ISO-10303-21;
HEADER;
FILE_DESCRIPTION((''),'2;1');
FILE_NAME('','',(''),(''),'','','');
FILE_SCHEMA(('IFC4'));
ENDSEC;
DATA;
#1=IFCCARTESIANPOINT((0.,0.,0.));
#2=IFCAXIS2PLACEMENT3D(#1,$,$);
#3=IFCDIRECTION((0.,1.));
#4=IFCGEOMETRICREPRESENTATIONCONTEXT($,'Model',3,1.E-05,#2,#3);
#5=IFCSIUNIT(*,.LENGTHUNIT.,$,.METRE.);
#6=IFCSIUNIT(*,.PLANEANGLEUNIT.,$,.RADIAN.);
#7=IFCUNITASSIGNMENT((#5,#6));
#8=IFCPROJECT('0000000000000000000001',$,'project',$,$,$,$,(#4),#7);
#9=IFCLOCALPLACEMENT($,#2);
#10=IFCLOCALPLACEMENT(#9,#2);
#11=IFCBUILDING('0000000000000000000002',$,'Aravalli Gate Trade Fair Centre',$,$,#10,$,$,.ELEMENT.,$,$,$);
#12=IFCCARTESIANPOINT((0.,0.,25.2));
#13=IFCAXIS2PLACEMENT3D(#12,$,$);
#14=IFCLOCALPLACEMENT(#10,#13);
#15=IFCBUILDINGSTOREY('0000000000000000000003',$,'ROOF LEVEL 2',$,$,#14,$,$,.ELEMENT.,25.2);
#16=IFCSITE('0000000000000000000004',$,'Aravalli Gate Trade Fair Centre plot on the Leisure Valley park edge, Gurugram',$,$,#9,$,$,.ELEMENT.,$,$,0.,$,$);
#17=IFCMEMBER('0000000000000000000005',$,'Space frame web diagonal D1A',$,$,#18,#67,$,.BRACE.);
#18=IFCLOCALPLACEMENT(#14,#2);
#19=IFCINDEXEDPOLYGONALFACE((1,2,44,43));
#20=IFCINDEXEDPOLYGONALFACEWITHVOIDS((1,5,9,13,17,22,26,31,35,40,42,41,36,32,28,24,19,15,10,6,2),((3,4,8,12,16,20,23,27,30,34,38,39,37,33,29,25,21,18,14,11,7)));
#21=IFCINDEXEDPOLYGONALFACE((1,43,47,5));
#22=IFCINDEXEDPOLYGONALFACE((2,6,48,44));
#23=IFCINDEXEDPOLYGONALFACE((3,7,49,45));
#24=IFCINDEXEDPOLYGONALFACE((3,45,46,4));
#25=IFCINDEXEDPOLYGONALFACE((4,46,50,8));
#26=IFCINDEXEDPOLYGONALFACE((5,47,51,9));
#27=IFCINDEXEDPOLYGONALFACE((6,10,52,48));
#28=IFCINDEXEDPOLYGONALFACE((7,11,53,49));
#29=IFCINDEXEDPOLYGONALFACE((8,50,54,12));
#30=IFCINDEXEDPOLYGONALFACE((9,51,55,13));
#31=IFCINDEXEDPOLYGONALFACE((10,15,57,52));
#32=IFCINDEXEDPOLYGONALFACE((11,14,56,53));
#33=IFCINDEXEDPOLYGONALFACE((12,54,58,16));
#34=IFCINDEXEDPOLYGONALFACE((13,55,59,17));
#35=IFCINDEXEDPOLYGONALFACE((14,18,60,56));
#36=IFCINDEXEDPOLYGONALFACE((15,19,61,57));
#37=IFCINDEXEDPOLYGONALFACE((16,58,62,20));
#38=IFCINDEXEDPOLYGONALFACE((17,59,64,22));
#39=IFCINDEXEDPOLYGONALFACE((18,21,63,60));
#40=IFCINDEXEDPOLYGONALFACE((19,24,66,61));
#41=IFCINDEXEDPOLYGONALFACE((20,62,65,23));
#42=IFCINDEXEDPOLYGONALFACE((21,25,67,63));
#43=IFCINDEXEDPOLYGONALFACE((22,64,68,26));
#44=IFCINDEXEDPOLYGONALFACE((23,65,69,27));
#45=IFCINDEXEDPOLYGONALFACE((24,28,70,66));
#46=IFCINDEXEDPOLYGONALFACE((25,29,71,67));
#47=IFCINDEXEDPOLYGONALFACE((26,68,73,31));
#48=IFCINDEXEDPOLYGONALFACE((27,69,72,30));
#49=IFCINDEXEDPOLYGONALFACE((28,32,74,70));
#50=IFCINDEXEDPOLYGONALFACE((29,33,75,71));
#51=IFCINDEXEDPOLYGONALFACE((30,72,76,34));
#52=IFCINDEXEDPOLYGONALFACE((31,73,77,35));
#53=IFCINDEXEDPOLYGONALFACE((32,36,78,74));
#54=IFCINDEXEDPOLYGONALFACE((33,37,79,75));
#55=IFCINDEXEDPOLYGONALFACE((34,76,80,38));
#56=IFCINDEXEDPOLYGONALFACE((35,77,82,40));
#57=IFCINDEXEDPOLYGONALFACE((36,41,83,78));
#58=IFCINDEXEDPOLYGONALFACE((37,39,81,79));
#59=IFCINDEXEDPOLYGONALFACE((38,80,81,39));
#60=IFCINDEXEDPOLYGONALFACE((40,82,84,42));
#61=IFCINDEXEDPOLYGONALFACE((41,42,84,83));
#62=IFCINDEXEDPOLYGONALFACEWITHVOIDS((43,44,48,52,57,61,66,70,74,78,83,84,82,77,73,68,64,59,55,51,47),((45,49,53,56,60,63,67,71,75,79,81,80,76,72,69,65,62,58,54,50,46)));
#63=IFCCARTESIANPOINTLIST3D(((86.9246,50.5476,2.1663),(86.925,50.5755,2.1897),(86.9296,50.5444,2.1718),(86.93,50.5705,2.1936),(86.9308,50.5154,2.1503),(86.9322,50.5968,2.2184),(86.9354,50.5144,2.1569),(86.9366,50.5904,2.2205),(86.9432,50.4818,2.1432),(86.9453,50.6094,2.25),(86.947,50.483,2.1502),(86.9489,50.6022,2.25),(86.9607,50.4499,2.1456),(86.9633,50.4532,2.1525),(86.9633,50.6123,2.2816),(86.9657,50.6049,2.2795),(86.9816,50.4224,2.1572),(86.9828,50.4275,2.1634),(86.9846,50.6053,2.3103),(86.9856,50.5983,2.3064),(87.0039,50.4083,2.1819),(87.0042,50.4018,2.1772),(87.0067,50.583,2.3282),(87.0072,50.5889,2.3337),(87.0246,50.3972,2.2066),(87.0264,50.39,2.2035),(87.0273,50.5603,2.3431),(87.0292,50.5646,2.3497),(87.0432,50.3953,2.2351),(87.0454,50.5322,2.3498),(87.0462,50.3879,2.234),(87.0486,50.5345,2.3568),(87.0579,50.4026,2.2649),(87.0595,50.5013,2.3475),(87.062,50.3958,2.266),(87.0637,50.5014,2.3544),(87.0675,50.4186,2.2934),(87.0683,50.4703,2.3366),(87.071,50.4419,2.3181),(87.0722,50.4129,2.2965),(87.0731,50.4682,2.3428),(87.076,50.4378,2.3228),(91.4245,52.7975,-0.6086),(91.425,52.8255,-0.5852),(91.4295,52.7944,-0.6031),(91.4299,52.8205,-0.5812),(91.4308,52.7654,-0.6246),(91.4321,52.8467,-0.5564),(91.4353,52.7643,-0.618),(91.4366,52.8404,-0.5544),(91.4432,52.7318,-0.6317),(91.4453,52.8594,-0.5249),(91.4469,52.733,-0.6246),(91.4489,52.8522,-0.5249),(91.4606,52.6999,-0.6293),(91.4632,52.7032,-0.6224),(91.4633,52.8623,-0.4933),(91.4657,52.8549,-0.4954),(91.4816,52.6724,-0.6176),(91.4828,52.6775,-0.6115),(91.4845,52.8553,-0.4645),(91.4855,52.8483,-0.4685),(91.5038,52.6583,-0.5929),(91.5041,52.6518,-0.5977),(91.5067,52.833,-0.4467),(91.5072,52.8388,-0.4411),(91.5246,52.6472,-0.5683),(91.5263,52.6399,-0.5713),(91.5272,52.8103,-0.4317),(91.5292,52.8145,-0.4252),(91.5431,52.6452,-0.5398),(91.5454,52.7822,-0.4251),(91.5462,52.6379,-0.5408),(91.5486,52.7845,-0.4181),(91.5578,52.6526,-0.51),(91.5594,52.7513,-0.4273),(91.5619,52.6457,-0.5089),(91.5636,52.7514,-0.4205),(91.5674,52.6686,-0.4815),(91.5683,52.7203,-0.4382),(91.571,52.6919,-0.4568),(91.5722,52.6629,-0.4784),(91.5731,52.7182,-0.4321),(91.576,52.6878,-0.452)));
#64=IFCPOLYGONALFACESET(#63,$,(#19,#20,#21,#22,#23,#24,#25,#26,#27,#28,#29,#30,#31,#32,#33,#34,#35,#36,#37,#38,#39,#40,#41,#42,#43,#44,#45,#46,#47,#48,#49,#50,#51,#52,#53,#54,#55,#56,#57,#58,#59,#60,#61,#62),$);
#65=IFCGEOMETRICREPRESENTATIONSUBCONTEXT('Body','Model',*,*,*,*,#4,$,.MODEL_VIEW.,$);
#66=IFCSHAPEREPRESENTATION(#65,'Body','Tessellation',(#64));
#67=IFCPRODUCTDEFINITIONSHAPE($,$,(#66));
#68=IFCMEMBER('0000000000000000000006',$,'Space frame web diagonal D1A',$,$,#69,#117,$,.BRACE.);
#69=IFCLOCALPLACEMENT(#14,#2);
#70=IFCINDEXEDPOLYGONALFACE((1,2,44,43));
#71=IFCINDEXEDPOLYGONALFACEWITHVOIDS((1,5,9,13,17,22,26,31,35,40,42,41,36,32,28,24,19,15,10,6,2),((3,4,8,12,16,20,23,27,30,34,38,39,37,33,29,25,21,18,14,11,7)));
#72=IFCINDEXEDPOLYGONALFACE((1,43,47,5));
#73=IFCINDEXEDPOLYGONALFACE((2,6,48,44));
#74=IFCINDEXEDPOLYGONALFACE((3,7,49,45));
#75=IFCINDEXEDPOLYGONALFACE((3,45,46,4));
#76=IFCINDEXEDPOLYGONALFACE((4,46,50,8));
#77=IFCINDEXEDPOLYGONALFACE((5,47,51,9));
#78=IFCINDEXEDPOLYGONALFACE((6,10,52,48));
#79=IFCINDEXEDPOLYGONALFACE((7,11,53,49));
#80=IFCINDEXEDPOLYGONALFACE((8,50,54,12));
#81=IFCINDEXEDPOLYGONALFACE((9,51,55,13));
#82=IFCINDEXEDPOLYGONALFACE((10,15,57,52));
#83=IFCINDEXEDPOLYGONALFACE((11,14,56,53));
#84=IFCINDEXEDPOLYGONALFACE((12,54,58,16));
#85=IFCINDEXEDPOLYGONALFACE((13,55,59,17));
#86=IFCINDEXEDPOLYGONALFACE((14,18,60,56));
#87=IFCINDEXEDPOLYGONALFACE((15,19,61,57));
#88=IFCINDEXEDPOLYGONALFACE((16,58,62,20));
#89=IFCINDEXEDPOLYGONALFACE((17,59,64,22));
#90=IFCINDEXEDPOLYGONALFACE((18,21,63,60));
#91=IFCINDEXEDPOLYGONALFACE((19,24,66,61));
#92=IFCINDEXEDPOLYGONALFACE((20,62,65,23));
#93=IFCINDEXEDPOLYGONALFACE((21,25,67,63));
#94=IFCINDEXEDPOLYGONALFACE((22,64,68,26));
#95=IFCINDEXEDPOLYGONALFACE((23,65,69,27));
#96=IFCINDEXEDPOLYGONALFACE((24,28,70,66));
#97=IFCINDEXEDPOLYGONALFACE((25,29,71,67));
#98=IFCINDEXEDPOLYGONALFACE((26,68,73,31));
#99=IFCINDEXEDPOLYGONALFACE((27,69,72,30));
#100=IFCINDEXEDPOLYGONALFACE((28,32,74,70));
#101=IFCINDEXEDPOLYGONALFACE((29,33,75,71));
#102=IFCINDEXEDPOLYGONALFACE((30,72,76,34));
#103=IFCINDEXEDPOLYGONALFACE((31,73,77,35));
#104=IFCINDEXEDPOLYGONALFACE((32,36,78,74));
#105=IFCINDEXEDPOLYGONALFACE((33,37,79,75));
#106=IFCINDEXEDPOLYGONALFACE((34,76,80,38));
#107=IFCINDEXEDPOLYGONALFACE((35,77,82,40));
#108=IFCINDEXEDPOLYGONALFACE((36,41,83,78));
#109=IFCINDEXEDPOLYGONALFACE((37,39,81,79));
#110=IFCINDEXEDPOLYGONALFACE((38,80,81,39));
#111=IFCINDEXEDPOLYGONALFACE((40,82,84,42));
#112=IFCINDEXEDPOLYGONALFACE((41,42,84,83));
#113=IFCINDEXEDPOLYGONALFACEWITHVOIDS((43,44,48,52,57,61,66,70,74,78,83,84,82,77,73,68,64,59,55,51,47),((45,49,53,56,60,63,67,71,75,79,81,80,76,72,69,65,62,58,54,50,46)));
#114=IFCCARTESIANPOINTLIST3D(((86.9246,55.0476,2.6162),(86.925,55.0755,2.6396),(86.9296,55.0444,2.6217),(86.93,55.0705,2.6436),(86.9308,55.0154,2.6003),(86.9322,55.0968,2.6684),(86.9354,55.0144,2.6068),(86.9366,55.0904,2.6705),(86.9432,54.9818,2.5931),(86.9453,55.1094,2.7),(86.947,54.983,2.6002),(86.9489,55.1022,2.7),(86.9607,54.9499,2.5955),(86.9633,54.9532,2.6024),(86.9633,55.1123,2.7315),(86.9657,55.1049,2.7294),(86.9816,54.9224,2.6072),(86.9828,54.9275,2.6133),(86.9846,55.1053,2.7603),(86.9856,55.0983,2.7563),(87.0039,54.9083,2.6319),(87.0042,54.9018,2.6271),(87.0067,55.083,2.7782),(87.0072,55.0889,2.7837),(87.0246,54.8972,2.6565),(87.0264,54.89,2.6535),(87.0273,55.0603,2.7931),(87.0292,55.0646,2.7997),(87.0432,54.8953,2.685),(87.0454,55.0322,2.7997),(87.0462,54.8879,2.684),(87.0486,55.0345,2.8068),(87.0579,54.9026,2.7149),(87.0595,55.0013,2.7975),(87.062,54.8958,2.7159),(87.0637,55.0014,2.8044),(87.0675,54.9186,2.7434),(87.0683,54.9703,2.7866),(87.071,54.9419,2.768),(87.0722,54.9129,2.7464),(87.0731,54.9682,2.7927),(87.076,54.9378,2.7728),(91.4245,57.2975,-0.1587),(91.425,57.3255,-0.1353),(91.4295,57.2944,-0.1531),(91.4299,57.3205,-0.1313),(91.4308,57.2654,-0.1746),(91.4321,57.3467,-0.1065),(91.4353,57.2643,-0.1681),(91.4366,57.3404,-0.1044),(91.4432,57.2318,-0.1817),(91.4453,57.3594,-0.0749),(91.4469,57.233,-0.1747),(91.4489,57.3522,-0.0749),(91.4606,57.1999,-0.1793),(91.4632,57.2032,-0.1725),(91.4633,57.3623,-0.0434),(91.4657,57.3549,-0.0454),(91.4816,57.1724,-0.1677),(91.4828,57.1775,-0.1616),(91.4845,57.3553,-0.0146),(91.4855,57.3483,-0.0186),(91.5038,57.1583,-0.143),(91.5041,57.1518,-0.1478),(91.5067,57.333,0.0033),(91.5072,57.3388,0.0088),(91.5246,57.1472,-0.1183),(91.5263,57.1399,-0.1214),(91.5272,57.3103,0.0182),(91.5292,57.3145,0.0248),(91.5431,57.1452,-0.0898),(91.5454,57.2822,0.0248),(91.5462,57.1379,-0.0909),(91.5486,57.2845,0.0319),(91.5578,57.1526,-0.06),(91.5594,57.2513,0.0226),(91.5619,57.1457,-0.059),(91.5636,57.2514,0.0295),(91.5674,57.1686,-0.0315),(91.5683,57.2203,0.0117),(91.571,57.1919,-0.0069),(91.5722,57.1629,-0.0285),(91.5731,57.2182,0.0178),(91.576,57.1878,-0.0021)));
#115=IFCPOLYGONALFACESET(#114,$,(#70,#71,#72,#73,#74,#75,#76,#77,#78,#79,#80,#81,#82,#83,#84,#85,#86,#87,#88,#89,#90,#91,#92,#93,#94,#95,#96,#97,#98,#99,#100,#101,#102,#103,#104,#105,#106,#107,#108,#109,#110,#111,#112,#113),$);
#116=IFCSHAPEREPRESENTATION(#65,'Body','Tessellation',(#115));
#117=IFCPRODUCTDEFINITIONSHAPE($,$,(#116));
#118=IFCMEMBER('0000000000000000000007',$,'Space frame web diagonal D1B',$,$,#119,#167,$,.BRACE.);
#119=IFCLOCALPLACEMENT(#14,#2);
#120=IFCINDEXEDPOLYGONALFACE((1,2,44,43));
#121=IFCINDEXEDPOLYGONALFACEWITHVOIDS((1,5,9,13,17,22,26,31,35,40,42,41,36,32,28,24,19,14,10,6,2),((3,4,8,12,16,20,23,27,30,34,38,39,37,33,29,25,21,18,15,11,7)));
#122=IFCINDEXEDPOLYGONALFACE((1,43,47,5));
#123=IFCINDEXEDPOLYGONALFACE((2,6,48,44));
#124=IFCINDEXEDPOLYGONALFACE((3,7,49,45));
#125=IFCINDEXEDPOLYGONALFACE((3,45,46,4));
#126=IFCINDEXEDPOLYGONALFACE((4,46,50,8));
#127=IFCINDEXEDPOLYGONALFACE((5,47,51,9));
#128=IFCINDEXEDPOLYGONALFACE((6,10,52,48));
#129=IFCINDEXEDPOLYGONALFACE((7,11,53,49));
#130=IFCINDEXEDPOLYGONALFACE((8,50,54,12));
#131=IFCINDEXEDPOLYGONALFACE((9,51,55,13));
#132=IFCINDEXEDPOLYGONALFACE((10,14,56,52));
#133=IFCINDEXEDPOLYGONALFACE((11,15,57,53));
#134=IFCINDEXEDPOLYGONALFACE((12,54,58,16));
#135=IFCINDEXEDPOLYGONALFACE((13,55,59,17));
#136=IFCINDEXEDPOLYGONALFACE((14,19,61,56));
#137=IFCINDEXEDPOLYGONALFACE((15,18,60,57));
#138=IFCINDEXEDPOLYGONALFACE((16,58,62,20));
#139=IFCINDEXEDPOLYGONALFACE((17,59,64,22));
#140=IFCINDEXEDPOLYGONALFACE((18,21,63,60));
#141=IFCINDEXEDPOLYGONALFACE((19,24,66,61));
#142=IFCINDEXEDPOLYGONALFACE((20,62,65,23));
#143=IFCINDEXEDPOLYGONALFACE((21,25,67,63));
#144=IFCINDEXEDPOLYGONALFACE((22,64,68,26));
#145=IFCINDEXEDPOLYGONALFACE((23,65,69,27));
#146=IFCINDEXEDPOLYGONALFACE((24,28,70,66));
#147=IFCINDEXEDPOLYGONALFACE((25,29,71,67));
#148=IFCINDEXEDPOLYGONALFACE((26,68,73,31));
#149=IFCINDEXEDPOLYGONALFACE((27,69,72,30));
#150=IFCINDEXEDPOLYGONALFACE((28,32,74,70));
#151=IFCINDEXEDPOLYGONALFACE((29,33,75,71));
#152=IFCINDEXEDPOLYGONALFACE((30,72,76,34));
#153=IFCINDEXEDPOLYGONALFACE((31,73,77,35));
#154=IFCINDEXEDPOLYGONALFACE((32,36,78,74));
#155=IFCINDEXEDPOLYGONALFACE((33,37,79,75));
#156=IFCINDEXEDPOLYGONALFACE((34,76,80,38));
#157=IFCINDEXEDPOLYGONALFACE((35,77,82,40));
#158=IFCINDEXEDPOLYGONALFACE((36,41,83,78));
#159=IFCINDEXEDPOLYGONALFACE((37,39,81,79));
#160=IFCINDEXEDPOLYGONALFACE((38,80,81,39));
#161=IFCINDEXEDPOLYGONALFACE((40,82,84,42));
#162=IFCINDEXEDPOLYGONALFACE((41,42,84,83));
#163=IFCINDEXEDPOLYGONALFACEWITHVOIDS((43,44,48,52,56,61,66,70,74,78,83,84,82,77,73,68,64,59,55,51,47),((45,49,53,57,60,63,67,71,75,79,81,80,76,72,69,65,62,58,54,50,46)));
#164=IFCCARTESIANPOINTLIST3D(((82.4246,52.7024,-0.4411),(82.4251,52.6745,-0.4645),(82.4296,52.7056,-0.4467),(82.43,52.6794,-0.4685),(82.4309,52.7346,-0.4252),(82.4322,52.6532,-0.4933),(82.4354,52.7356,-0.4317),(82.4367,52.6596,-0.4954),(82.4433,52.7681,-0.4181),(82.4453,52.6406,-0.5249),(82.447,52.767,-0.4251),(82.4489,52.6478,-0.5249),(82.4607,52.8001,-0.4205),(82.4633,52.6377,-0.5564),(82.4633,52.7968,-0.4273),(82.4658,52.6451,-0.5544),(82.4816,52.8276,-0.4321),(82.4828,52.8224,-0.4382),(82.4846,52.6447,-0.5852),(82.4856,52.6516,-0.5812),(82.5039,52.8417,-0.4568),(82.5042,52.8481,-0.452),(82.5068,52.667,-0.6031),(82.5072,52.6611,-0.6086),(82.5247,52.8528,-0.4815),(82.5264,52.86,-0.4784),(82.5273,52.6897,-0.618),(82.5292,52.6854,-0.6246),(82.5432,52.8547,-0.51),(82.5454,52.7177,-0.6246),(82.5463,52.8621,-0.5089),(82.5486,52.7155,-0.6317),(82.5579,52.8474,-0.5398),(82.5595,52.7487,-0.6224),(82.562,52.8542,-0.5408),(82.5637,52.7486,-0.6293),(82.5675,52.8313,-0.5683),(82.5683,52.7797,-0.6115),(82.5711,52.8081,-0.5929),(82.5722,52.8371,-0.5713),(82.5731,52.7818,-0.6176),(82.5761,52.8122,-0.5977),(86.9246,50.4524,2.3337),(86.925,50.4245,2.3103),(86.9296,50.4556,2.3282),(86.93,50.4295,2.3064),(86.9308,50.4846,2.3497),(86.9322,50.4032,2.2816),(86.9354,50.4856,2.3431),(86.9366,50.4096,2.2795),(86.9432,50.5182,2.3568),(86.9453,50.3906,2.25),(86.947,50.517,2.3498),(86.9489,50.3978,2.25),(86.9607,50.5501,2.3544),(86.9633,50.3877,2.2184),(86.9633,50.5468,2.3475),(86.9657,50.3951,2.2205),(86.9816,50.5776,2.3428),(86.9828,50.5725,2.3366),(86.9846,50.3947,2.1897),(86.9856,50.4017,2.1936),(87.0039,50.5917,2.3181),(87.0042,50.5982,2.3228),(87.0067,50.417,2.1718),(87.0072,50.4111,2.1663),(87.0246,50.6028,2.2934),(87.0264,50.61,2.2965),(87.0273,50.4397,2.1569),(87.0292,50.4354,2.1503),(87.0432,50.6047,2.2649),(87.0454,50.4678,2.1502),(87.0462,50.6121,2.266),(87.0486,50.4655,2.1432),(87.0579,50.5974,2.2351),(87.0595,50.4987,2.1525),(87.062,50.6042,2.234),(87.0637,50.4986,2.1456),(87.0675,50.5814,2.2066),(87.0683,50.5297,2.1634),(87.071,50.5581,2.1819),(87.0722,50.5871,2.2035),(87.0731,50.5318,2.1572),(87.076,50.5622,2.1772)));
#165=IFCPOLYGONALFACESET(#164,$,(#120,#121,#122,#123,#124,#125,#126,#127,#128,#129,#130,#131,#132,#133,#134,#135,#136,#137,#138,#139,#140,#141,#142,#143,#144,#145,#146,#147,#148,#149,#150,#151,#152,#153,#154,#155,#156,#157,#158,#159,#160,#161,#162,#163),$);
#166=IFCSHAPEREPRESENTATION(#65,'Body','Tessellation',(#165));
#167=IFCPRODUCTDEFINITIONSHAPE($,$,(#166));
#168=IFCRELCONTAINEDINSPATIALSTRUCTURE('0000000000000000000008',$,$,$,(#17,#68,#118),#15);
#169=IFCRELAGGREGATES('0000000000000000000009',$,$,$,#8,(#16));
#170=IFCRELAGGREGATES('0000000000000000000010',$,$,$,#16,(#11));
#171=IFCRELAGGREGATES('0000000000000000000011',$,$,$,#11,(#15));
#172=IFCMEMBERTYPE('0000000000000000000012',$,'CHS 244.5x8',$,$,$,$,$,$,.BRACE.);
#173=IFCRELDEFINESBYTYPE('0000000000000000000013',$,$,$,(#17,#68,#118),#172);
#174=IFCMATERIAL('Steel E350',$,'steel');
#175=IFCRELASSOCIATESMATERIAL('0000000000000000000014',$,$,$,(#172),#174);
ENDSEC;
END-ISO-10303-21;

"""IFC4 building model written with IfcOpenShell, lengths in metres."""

from ifc_helpers import new_model, si_unit, direction, frame, origin, origin_2d, place, context, subcontext, project, spatial, hollow_circle, extrude, material, material_profile, profile_set, type_object, element, save


model = new_model("IFC4")

# Units and contexts
model_context = context("Model", 3, precision=1e-05, world=origin(), true_north=direction((0.0, 1.0)))
body_context = subcontext(model_context, "Body", "Model", "MODEL_VIEW")
ifc_project = project(units=[si_unit("LENGTHUNIT", "METRE"), si_unit("PLANEANGLEUNIT", "RADIAN")], contexts=[model_context])

# Site, building, storey
site_placement = place(None, origin())
site = spatial("IfcSite", under=ifc_project, at=site_placement, Name="Aravalli Gate Trade Fair Centre plot on the Leisure Valley park edge, Gurugram", CompositionType="ELEMENT", RefElevation=0.0)
building_placement = place(site_placement, origin())
building = spatial("IfcBuilding", under=site, at=building_placement, Name="Aravalli Gate Trade Fair Centre", CompositionType="ELEMENT")
storey_placement = place(building_placement, frame((0.0, 0.0, 25.2)))
storey = spatial("IfcBuildingStorey", under=building, at=storey_placement, Name="ROOF LEVEL 2", CompositionType="ELEMENT", Elevation=25.2)

# Members
ifc_material = material(Name="Steel E350", Category="steel")
ifc_material_profile_1 = material_profile(ifc_material, hollow_circle(Radius=0.1223, WallThickness=0.0081, at=origin_2d()), Name="CHS 244.5x8")
ifc_profile_set_1 = profile_set([ifc_material_profile_1], Name="Steel E350")
member_type_1 = type_object("IfcMemberType", Name="CHS 244.5x8", PredefinedType="BRACE", material=ifc_profile_set_1)
for number, where, z_axis, x_axis, name in (
    (1, (87.0, 50.5, 2.25), (0.7832, 0.3916, -0.482956), (-0.447214, 0.894427, 0.0), "Space frame web diagonal D1A"),
    (2, (87.0, 55.0, 2.7), (0.7832, 0.3916, -0.482956), (-0.447214, 0.894427, 0.0), "Space frame web diagonal D1A"),
    (3, (87.0, 50.5, 2.25), (-0.7832, 0.3916, -0.482956), (-0.447214, -0.894427, 0.0), "Space frame web diagonal D1B"),
):
    element("IfcMember", number, at=place(storey_placement, frame(where, z_axis=z_axis, x_axis=x_axis)), inside=storey, type_object=member_type_1, Name=name, PredefinedType="BRACE", context=body_context, shape_type="SweptSolid", body=[
        extrude(hollow_circle(Radius=0.1223, WallThickness=0.0081, at=origin_2d()), origin(), (0.0, 0.0, 1.0), 5.7456),
    ])

save(model, "model.ifc")
